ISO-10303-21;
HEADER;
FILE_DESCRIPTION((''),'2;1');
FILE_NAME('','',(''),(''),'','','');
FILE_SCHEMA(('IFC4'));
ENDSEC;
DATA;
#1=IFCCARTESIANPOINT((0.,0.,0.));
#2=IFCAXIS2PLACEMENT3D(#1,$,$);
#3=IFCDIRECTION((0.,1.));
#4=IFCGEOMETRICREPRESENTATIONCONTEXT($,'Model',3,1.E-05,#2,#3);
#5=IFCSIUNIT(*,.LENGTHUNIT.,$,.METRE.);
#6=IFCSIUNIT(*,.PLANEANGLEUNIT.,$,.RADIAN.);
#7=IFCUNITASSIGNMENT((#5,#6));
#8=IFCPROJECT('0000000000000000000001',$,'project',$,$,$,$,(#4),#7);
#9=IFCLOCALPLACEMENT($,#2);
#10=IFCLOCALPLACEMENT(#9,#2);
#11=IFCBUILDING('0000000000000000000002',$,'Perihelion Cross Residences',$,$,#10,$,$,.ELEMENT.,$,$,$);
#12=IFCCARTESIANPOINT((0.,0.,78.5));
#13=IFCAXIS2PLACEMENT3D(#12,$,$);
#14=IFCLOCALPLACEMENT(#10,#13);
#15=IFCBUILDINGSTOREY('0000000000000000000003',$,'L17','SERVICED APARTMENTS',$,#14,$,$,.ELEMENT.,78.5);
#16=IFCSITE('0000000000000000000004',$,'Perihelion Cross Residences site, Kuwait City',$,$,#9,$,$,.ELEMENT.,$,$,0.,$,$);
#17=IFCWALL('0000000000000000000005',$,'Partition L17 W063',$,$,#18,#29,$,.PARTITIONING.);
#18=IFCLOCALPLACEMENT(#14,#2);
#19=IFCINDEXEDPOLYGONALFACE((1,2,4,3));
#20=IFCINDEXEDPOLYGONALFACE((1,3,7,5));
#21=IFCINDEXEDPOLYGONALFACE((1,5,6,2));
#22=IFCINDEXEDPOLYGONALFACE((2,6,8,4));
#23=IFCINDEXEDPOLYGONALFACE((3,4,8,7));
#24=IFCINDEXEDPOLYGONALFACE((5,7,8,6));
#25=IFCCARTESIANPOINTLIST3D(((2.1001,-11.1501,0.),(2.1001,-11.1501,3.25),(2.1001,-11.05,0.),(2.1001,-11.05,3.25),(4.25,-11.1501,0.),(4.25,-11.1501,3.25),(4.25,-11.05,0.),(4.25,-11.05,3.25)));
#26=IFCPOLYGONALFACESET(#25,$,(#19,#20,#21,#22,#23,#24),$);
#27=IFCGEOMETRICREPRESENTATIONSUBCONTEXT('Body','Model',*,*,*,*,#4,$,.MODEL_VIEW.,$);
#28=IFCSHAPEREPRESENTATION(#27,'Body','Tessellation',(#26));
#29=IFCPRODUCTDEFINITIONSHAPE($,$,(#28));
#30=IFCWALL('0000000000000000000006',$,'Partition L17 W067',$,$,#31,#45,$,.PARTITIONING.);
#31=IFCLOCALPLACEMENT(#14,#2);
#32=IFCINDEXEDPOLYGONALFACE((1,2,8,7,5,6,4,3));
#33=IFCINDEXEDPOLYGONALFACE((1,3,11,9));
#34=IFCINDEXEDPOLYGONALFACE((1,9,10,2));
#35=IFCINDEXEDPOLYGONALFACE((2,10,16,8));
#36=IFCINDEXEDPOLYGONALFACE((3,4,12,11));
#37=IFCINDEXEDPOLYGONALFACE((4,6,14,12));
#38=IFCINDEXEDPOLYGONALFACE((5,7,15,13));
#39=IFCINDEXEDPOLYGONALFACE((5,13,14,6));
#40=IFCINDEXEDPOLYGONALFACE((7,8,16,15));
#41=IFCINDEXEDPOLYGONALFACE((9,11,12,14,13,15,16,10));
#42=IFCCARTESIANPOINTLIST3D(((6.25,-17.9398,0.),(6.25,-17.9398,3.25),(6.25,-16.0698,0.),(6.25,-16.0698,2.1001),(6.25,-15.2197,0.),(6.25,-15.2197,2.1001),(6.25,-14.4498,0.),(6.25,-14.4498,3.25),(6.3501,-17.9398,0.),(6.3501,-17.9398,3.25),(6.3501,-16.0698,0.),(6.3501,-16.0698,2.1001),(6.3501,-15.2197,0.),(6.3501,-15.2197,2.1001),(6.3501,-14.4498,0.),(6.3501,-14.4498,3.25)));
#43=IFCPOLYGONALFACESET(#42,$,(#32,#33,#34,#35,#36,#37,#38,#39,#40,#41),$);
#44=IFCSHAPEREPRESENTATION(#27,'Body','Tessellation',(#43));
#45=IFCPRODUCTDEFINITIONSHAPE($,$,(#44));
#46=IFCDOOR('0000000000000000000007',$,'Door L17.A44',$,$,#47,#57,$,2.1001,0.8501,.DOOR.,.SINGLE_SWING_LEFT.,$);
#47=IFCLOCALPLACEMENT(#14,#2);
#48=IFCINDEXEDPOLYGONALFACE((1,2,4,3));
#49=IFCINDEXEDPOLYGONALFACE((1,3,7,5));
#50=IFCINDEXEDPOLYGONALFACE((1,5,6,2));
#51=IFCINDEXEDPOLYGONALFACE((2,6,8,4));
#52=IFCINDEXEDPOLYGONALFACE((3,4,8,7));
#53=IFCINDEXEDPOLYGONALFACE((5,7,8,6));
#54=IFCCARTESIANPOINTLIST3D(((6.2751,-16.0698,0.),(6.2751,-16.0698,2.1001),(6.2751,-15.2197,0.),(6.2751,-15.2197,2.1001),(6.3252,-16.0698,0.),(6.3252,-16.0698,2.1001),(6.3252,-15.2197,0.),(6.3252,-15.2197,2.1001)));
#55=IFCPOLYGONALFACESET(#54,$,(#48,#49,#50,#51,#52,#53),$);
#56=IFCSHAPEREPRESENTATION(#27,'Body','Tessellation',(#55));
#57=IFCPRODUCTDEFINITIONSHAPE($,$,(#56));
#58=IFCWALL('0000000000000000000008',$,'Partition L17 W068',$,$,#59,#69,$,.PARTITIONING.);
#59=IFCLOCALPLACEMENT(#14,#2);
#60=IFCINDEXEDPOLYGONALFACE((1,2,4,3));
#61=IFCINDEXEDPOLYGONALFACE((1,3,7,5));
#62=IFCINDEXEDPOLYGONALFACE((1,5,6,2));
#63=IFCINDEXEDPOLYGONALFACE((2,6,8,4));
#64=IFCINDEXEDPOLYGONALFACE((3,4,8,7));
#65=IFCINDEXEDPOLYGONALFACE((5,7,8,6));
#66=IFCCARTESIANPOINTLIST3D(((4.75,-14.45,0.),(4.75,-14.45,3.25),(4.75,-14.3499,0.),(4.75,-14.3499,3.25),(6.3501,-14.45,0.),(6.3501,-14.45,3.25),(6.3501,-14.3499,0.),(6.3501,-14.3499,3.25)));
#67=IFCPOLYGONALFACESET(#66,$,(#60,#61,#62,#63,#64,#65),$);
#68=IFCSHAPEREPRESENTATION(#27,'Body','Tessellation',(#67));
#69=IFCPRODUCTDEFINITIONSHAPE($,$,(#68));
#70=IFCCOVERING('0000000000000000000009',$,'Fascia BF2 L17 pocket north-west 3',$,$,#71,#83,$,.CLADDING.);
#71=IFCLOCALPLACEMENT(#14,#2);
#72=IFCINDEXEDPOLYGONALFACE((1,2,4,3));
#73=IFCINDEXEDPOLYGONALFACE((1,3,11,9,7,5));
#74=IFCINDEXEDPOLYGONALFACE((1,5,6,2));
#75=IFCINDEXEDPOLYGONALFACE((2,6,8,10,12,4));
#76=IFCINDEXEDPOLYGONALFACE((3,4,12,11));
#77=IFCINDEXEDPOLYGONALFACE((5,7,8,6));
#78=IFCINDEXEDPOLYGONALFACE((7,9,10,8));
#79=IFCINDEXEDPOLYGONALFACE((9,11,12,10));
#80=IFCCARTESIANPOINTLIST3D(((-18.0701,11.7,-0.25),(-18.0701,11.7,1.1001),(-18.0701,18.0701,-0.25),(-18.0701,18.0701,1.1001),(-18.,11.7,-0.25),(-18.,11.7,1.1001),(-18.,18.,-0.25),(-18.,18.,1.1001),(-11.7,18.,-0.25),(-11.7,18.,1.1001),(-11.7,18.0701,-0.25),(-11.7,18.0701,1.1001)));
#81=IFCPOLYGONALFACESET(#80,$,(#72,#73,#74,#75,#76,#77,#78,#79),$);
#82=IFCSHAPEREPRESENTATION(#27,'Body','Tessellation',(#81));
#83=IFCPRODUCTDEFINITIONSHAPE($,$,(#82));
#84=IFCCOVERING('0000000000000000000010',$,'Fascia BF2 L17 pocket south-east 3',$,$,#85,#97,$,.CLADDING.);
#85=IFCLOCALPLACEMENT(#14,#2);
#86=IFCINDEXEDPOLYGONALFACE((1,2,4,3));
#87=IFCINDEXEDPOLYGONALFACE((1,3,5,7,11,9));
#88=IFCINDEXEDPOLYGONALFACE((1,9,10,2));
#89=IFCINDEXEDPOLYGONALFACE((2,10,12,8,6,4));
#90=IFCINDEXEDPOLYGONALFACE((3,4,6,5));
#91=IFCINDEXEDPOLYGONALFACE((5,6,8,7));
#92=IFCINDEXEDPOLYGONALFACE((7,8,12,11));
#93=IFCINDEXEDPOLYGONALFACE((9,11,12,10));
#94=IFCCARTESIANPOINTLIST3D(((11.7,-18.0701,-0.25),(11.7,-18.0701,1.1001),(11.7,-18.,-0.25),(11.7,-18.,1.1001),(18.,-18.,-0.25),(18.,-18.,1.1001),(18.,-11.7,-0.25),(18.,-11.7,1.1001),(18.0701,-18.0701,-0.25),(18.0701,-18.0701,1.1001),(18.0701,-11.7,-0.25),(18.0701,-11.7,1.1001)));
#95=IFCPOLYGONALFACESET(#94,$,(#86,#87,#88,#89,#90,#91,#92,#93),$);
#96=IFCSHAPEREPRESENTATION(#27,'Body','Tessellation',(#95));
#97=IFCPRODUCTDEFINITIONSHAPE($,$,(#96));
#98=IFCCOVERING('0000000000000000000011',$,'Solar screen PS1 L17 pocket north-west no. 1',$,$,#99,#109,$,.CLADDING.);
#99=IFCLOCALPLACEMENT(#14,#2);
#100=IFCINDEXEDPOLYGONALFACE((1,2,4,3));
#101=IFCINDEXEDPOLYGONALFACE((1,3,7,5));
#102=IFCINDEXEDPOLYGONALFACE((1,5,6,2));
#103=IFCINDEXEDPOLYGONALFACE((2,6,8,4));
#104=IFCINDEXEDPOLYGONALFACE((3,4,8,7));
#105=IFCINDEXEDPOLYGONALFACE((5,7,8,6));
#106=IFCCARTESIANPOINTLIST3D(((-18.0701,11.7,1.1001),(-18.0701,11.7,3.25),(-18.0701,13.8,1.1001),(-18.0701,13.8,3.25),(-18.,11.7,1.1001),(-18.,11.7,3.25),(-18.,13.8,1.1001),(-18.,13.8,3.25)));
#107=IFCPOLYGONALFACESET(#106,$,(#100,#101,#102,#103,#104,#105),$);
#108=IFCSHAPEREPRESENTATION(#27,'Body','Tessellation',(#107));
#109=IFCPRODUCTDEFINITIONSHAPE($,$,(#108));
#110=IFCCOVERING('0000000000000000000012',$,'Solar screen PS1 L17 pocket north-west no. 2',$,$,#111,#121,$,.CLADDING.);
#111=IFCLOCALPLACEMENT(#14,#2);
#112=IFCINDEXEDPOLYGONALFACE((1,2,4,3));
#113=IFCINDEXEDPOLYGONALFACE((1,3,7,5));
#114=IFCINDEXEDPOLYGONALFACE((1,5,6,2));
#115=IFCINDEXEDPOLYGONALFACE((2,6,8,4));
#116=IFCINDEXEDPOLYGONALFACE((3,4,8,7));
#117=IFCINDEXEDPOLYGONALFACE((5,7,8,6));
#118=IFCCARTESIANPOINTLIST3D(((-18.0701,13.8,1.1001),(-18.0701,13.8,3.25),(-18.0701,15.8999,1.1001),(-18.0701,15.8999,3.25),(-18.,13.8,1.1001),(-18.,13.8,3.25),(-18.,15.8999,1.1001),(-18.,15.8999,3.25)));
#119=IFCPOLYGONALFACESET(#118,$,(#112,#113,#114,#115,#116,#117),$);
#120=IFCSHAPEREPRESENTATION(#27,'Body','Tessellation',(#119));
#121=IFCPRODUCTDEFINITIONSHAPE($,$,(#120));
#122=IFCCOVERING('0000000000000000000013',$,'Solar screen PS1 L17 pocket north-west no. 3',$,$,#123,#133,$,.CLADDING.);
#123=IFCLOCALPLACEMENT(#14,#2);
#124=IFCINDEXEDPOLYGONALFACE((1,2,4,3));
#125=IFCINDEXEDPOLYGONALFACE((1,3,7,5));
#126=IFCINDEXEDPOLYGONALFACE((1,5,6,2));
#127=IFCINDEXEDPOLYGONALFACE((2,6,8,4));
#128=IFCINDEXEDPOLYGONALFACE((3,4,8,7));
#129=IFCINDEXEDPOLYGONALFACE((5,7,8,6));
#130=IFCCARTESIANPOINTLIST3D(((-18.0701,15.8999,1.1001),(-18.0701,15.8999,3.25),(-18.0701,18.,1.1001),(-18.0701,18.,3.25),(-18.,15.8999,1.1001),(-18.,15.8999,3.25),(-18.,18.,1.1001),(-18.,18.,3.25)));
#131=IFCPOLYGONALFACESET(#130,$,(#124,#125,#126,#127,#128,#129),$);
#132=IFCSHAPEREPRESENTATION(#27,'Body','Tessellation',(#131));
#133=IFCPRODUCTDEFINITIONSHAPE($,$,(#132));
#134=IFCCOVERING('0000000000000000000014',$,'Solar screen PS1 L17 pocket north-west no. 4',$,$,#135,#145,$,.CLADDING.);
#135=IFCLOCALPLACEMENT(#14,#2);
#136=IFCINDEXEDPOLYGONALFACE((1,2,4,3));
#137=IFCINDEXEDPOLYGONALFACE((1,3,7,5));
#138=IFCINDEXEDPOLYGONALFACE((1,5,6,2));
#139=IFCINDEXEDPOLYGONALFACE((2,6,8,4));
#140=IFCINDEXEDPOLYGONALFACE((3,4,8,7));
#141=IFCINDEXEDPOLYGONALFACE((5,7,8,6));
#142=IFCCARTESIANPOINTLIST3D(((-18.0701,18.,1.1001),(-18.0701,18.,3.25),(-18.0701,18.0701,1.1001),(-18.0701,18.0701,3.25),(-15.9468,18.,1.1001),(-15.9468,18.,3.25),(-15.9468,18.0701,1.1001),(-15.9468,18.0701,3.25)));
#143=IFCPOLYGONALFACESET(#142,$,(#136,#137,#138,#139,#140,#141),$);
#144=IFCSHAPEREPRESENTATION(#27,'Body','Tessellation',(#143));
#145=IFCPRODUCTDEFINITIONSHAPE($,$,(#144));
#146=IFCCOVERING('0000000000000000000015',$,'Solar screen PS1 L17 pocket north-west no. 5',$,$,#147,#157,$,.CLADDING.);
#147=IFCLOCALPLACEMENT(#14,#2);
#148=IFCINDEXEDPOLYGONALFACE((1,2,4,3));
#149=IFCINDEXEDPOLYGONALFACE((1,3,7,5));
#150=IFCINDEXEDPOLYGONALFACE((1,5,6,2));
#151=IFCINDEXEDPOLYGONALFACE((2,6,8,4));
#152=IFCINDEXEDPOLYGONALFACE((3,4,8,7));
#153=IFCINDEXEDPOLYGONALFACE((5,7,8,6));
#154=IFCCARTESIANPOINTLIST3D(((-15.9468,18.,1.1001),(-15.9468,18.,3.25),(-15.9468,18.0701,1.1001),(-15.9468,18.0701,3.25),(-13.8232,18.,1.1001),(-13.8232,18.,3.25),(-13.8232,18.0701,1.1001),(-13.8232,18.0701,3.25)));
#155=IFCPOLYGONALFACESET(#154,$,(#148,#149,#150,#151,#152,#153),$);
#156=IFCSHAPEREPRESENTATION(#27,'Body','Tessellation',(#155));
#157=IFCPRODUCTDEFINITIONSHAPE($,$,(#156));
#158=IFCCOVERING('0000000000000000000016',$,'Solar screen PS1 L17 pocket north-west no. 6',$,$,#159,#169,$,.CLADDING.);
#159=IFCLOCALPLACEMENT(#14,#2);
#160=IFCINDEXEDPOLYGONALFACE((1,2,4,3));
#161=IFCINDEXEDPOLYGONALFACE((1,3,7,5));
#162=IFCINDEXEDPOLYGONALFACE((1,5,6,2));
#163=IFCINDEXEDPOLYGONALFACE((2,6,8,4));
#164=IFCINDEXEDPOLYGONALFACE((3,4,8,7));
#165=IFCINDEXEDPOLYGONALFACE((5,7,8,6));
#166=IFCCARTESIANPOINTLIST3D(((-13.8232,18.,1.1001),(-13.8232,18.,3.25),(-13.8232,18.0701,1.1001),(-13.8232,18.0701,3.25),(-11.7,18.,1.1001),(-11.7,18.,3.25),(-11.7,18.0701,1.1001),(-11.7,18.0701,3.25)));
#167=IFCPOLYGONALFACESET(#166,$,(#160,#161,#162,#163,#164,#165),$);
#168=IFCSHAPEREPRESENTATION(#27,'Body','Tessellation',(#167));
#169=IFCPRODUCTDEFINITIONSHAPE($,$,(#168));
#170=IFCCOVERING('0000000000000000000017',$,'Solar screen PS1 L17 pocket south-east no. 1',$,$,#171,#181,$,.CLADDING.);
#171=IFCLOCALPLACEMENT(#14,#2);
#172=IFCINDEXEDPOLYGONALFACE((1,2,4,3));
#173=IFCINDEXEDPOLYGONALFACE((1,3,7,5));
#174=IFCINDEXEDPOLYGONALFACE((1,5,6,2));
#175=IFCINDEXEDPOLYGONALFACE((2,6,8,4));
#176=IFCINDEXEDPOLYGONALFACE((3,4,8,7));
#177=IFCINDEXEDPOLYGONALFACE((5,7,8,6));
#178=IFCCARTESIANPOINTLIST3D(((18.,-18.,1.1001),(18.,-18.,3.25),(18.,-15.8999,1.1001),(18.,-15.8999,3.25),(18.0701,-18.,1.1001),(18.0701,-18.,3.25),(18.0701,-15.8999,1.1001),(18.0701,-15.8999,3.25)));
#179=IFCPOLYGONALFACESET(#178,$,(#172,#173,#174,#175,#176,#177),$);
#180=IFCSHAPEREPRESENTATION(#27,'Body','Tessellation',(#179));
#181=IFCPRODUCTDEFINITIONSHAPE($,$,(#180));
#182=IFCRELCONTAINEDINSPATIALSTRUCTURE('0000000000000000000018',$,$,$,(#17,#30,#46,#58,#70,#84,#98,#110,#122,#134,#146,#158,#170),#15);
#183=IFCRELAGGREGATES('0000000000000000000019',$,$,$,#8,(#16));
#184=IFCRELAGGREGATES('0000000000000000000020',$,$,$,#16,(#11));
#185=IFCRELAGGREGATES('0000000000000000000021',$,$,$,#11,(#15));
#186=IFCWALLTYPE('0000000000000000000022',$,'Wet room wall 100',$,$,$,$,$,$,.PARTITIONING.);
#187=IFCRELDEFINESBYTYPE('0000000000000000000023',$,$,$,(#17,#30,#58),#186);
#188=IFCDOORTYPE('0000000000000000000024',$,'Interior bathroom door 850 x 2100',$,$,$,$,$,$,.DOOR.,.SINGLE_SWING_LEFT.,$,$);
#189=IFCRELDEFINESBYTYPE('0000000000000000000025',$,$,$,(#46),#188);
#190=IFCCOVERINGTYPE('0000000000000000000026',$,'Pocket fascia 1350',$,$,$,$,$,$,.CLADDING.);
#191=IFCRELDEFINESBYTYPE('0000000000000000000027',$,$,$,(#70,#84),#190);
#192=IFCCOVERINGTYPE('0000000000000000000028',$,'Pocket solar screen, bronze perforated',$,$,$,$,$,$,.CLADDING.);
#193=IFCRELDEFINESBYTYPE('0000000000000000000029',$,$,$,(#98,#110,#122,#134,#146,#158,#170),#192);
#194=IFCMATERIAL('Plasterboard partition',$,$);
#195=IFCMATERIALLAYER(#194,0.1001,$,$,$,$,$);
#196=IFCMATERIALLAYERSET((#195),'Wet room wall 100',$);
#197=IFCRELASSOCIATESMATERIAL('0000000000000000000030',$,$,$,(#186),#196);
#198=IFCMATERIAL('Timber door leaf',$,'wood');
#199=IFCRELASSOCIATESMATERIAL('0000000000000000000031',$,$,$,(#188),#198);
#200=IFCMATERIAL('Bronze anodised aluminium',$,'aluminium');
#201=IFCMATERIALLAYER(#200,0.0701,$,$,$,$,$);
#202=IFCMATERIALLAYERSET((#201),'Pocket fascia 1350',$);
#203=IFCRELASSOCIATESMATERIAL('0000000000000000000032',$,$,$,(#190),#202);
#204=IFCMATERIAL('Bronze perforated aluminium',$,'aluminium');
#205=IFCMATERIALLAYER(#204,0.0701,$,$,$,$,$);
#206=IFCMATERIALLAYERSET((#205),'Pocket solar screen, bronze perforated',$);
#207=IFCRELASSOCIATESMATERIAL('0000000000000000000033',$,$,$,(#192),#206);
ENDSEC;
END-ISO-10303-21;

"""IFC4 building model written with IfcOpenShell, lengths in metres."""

from ifc_helpers import new_model, si_unit, direction, frame, frame_2d, origin, place, context, subcontext, project, spatial, polyline, rectangle, outline, extrude, material, layer, layer_set, type_object, element, fill, save


model = new_model("IFC4")

# Units and contexts
model_context = context("Model", 3, precision=1e-05, world=origin(), true_north=direction((0.0, 1.0)))
body_context = subcontext(model_context, "Body", "Model", "MODEL_VIEW")
ifc_project = project(units=[si_unit("LENGTHUNIT", "METRE"), si_unit("PLANEANGLEUNIT", "RADIAN")], contexts=[model_context])

# Site, building, storey
site_placement = place(None, origin())
site = spatial("IfcSite", under=ifc_project, at=site_placement, Name="Perihelion Cross Residences site, Kuwait City", CompositionType="ELEMENT", RefElevation=0.0)
building_placement = place(site_placement, origin())
building = spatial("IfcBuilding", under=site, at=building_placement, Name="Perihelion Cross Residences", CompositionType="ELEMENT")
storey_placement = place(building_placement, frame((0.0, 0.0, 78.5)))
storey = spatial("IfcBuildingStorey", under=building, at=storey_placement, Name="L17", Description="SERVICED APARTMENTS", CompositionType="ELEMENT", Elevation=78.5)

# Shared definitions
ifc_material_1 = material(Name="Plasterboard partition")
ifc_layer_1 = layer(ifc_material_1, 0.1001)
ifc_layer_set_1 = layer_set([ifc_layer_1], Name="Wet room wall 100")
wall_type_1 = type_object("IfcWallType", Name="Wet room wall 100", PredefinedType="PARTITIONING", material=ifc_layer_set_1)
ifc_material_2 = material(Name="Timber door leaf", Category="wood")
door_type_1 = type_object("IfcDoorType", Name="Interior bathroom door 850 x 2100", OperationType="SINGLE_SWING_LEFT", PredefinedType="DOOR", material=ifc_material_2)

# Wall
wall_1_placement = place(storey_placement, frame((4.25, -11.1001, 0.0), z_axis=(0.0, 0.0, 1.0), x_axis=(-1.0, 0.0, 0.0)))
element("IfcWall", 1, at=wall_1_placement, inside=storey, type_object=wall_type_1, Name="Partition L17 W063", PredefinedType="PARTITIONING", context=body_context, shape_type="SweptSolid", body=[
    extrude(rectangle(XDim=2.1499, YDim=0.1001, at=frame_2d((1.075, 0.0))), origin(), (0.0, 0.0, 1.0), 3.25),
])

# Wall, opening, door
wall_2_placement = place(storey_placement, frame((6.3, -17.9399, 0.0), z_axis=(0.0, 0.0, 1.0), x_axis=(0.0, 1.0, 0.0)))
wall_2 = element("IfcWall", 2, at=wall_2_placement, inside=storey, type_object=wall_type_1, Name="Partition L17 W067", PredefinedType="PARTITIONING", context=body_context, shape_type="SweptSolid", body=[
    extrude(rectangle(XDim=3.49, YDim=0.1001, at=frame_2d((1.7451, 0.0))), origin(), (0.0, 0.0, 1.0), 3.25),
])
opening_1_placement = place(wall_2_placement, frame((1.8701, 0.0, 0.0)))
opening_1 = element("IfcOpeningElement", 3, at=opening_1_placement, cuts=wall_2, PredefinedType="OPENING", context=body_context, shape_type="SweptSolid", body=[
    extrude(rectangle(XDim=0.8501, YDim=2.1001, at=frame_2d((0.425, 1.05))), frame((0.0, 0.0601, 0.0), z_axis=(0.0, -1.0, 0.0), x_axis=(1.0, 0.0, 0.0)), (0.0, 0.0, 1.0), 0.1201),
])
door_1_placement = place(opening_1_placement, origin())
door_1 = element("IfcDoor", 4, at=door_1_placement, inside=storey, type_object=door_type_1, Name="Door L17.A44", OperationType="SINGLE_SWING_LEFT", OverallHeight=2.1001, OverallWidth=0.8501, PredefinedType="DOOR", context=body_context, shape_type="SweptSolid", body=[
    extrude(rectangle(XDim=0.8501, YDim=2.1001, at=frame_2d((0.425, 1.05))), frame((0.0, 0.0249, 0.0), z_axis=(0.0, -1.0, 0.0), x_axis=(1.0, 0.0, 0.0)), (0.0, 0.0, 1.0), 0.05),
])
fill(opening_1, door_1)

# Wall
wall_3_placement = place(storey_placement, frame((6.3501, -14.3999, 0.0), z_axis=(0.0, 0.0, 1.0), x_axis=(-1.0, 0.0, 0.0)))
element("IfcWall", 5, at=wall_3_placement, inside=storey, type_object=wall_type_1, Name="Partition L17 W068", PredefinedType="PARTITIONING", context=body_context, shape_type="SweptSolid", body=[
    extrude(rectangle(XDim=1.6001, YDim=0.1001, at=frame_2d((0.8, 0.0))), origin(), (0.0, 0.0, 1.0), 3.25),
])

# Coverings
ifc_material_3 = material(Name="Bronze anodised aluminium", Category="aluminium")
ifc_layer_2 = layer(ifc_material_3, 0.0701)
ifc_layer_set_2 = layer_set([ifc_layer_2], Name="Pocket fascia 1350")
covering_type_1 = type_object("IfcCoveringType", Name="Pocket fascia 1350", PredefinedType="CLADDING", material=ifc_layer_set_2)
covering_1_placement = place(storey_placement, frame((0.0, 0.0, -0.25)))
element("IfcCovering", 6, at=covering_1_placement, inside=storey, type_object=covering_type_1, Name="Fascia BF2 L17 pocket north-west 3", PredefinedType="CLADDING", context=body_context, shape_type="SweptSolid", body=[
    extrude(outline(polyline([(-18.0701, 18.0701), (-18.0701, 11.7), (-18.0, 11.7), (-18.0, 18.0), (-11.7, 18.0), (-11.7, 18.0701), (-18.0701, 18.0701)])), origin(), (0.0, 0.0, 1.0), 1.3501),
])
covering_2_placement = place(storey_placement, frame((0.0, 0.0, -0.25)))
element("IfcCovering", 7, at=covering_2_placement, inside=storey, type_object=covering_type_1, Name="Fascia BF2 L17 pocket south-east 3", PredefinedType="CLADDING", context=body_context, shape_type="SweptSolid", body=[
    extrude(outline(polyline([(18.0701, -18.0701), (18.0701, -11.7), (18.0, -11.7), (18.0, -18.0), (11.7, -18.0), (11.7, -18.0701), (18.0701, -18.0701)])), origin(), (0.0, 0.0, 1.0), 1.3501),
])
ifc_material_4 = material(Name="Bronze perforated aluminium", Category="aluminium")
ifc_layer_3 = layer(ifc_material_4, 0.0701)
ifc_layer_set_3 = layer_set([ifc_layer_3], Name="Pocket solar screen, bronze perforated")
covering_type_2 = type_object("IfcCoveringType", Name="Pocket solar screen, bronze perforated", PredefinedType="CLADDING", material=ifc_layer_set_3)
covering_3_placement = place(storey_placement, frame((0.0, 0.0, 1.1001)))
element("IfcCovering", 8, at=covering_3_placement, inside=storey, type_object=covering_type_2, Name="Solar screen PS1 L17 pocket north-west no. 1", PredefinedType="CLADDING", context=body_context, shape_type="SweptSolid", body=[
    extrude(outline(polyline([(-18.0, 11.7), (-18.0, 13.8), (-18.0701, 13.8), (-18.0701, 11.7), (-18.0, 11.7)])), origin(), (0.0, 0.0, 1.0), 2.1499),
])
covering_4_placement = place(storey_placement, frame((0.0, 0.0, 1.1001)))
element("IfcCovering", 9, at=covering_4_placement, inside=storey, type_object=covering_type_2, Name="Solar screen PS1 L17 pocket north-west no. 2", PredefinedType="CLADDING", context=body_context, shape_type="SweptSolid", body=[
    extrude(outline(polyline([(-18.0, 13.8), (-18.0, 15.8999), (-18.0701, 15.8999), (-18.0701, 13.8), (-18.0, 13.8)])), origin(), (0.0, 0.0, 1.0), 2.1499),
])
covering_5_placement = place(storey_placement, frame((0.0, 0.0, 1.1001)))
element("IfcCovering", 10, at=covering_5_placement, inside=storey, type_object=covering_type_2, Name="Solar screen PS1 L17 pocket north-west no. 3", PredefinedType="CLADDING", context=body_context, shape_type="SweptSolid", body=[
    extrude(outline(polyline([(-18.0, 15.8999), (-18.0, 18.0), (-18.0701, 18.0), (-18.0701, 15.8999), (-18.0, 15.8999)])), origin(), (0.0, 0.0, 1.0), 2.1499),
])
covering_6_placement = place(storey_placement, frame((0.0, 0.0, 1.1001)))
element("IfcCovering", 11, at=covering_6_placement, inside=storey, type_object=covering_type_2, Name="Solar screen PS1 L17 pocket north-west no. 4", PredefinedType="CLADDING", context=body_context, shape_type="SweptSolid", body=[
    extrude(outline(polyline([(-15.9468, 18.0), (-15.9468, 18.0701), (-18.0701, 18.0701), (-18.0701, 18.0), (-15.9468, 18.0)])), origin(), (0.0, 0.0, 1.0), 2.1499),
])
covering_7_placement = place(storey_placement, frame((0.0, 0.0, 1.1001)))
element("IfcCovering", 12, at=covering_7_placement, inside=storey, type_object=covering_type_2, Name="Solar screen PS1 L17 pocket north-west no. 5", PredefinedType="CLADDING", context=body_context, shape_type="SweptSolid", body=[
    extrude(outline(polyline([(-13.8232, 18.0), (-13.8232, 18.0701), (-15.9468, 18.0701), (-15.9468, 18.0), (-13.8232, 18.0)])), origin(), (0.0, 0.0, 1.0), 2.1499),
])
covering_8_placement = place(storey_placement, frame((0.0, 0.0, 1.1001)))
element("IfcCovering", 13, at=covering_8_placement, inside=storey, type_object=covering_type_2, Name="Solar screen PS1 L17 pocket north-west no. 6", PredefinedType="CLADDING", context=body_context, shape_type="SweptSolid", body=[
    extrude(outline(polyline([(-11.7, 18.0), (-11.7, 18.0701), (-13.8232, 18.0701), (-13.8232, 18.0), (-11.7, 18.0)])), origin(), (0.0, 0.0, 1.0), 2.1499),
])
covering_9_placement = place(storey_placement, frame((0.0, 0.0, 1.1001)))
element("IfcCovering", 14, at=covering_9_placement, inside=storey, type_object=covering_type_2, Name="Solar screen PS1 L17 pocket south-east no. 1", PredefinedType="CLADDING", context=body_context, shape_type="SweptSolid", body=[
    extrude(outline(polyline([(18.0701, -18.0), (18.0701, -15.8999), (18.0, -15.8999), (18.0, -18.0), (18.0701, -18.0)])), origin(), (0.0, 0.0, 1.0), 2.1499),
])

save(model, "model.ifc")
